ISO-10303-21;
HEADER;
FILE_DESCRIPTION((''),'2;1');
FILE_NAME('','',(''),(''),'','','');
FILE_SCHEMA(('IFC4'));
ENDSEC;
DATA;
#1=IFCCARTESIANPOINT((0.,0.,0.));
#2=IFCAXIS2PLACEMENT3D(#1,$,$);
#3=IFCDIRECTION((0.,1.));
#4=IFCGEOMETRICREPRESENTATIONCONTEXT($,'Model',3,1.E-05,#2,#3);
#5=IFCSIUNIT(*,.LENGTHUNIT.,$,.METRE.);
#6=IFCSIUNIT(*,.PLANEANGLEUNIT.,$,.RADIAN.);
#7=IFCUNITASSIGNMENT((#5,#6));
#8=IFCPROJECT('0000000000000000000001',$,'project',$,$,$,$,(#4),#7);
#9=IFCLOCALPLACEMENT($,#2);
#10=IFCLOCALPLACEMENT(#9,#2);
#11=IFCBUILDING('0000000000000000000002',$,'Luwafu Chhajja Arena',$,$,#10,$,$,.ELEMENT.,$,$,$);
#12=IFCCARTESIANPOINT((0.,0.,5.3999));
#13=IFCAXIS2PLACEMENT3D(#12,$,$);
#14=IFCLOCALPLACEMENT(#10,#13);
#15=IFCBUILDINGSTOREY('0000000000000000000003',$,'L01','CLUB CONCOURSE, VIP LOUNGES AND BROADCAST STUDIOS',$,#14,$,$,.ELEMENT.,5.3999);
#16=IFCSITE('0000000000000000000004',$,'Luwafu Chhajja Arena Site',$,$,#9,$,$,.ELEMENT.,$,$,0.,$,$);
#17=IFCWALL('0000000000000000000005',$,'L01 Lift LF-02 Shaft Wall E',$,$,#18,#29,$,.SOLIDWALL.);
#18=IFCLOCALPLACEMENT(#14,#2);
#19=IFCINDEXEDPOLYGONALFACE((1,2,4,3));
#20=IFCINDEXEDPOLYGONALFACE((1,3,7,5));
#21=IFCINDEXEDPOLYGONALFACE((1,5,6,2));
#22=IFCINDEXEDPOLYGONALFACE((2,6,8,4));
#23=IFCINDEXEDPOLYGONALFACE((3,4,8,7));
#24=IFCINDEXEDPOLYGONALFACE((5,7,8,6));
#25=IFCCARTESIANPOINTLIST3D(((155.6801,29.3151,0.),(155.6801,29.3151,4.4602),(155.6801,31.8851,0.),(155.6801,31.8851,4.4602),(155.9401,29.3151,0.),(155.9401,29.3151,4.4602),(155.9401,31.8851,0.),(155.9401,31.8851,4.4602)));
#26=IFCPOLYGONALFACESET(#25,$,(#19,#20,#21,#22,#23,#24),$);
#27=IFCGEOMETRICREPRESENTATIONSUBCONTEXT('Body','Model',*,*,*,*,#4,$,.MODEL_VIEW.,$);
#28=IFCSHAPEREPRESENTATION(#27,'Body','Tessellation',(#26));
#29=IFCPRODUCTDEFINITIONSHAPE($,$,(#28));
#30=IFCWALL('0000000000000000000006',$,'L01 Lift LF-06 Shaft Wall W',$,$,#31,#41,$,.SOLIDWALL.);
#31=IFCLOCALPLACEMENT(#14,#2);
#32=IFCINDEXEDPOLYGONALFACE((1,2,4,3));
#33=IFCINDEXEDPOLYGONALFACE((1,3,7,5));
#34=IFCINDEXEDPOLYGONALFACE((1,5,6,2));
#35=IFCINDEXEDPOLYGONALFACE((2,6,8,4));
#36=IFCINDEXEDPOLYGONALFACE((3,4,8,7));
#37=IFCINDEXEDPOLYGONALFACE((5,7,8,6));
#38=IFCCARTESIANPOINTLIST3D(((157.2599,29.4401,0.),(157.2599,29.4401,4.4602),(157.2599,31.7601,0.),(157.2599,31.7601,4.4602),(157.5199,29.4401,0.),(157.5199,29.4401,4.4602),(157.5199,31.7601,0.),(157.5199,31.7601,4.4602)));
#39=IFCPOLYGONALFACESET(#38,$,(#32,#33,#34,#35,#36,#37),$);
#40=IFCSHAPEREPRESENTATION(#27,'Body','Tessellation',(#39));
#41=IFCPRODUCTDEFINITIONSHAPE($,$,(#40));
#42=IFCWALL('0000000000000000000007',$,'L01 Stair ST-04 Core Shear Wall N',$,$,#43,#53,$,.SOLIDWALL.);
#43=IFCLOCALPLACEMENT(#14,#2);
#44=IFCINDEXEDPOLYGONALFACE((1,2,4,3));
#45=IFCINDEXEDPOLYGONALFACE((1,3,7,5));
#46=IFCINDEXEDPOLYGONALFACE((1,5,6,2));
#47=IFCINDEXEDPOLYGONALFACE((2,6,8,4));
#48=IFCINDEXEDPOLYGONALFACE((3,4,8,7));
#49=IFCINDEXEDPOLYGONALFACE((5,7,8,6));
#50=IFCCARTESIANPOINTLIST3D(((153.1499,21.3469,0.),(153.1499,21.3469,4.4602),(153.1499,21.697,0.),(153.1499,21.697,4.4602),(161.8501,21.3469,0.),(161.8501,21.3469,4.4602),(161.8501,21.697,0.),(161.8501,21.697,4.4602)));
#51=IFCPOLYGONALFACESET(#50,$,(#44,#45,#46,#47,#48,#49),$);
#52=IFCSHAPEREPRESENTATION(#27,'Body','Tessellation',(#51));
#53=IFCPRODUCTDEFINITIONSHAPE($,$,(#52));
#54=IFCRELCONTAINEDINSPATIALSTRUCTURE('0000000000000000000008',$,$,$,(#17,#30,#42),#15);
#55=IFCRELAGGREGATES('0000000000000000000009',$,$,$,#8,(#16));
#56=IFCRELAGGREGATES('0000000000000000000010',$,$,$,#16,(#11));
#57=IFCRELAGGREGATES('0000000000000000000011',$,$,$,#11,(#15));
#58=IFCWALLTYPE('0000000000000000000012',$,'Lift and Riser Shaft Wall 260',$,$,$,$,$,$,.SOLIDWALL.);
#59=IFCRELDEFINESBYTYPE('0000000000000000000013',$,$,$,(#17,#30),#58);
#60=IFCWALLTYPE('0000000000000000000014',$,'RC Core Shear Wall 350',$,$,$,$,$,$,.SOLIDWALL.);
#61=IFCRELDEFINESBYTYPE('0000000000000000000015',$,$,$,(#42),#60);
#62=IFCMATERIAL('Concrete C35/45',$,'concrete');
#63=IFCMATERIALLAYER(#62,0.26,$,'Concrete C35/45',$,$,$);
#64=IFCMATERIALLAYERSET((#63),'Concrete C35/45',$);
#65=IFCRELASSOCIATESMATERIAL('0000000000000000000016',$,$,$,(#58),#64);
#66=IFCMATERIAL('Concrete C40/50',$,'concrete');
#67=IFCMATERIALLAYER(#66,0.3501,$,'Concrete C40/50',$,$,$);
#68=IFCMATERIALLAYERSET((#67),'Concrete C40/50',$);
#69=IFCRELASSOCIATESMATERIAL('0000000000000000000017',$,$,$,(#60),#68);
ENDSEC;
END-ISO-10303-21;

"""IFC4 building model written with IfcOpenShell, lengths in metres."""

from ifc_helpers import new_model, si_unit, direction, frame, frame_2d, origin, place, context, subcontext, project, spatial, rectangle, extrude, material, layer, layer_set, type_object, element, save


model = new_model("IFC4")

# Units and contexts
model_context = context("Model", 3, precision=1e-05, world=origin(), true_north=direction((0.0, 1.0)))
body_context = subcontext(model_context, "Body", "Model", "MODEL_VIEW")
ifc_project = project(units=[si_unit("LENGTHUNIT", "METRE"), si_unit("PLANEANGLEUNIT", "RADIAN")], contexts=[model_context])

# Site, building, storey
site_placement = place(None, origin())
site = spatial("IfcSite", under=ifc_project, at=site_placement, Name="Luwafu Chhajja Arena Site", CompositionType="ELEMENT", RefElevation=0.0)
building_placement = place(site_placement, origin())
building = spatial("IfcBuilding", under=site, at=building_placement, Name="Luwafu Chhajja Arena", CompositionType="ELEMENT")
storey_placement = place(building_placement, frame((0.0, 0.0, 5.3999)))
storey = spatial("IfcBuildingStorey", under=building, at=storey_placement, Name="L01", Description="CLUB CONCOURSE, VIP LOUNGES AND BROADCAST STUDIOS", CompositionType="ELEMENT", Elevation=5.3999)

# Shared definitions
ifc_material_1 = material(Name="Concrete C35/45", Category="concrete")
ifc_material_2 = material(Name="Concrete C40/50", Category="concrete")

# Shared definitions
ifc_layer_1 = layer(ifc_material_1, 0.26, Name="Concrete C35/45")
ifc_layer_set_1 = layer_set([ifc_layer_1], Name="Concrete C35/45")
wall_type_1 = type_object("IfcWallType", Name="Lift and Riser Shaft Wall 260", PredefinedType="SOLIDWALL", material=ifc_layer_set_1)

# Wall
for number, where, z_axis, x_axis, name in (
    (1, (155.8101, 29.3149, 0.0), (0.0, 0.0, 1.0), (0.0, 1.0, 0.0), "L01 Lift LF-02 Shaft Wall E"),
):
    element("IfcWall", number, at=place(storey_placement, frame(where, z_axis=z_axis, x_axis=x_axis)), inside=storey, type_object=wall_type_1, Name=name, PredefinedType="SOLIDWALL", context=body_context, shape_type="SweptSolid", body=[
        extrude(rectangle(XDim=2.5701, YDim=0.26, at=frame_2d((1.2852, 0.0))), origin(), (0.0, 0.0, 1.0), 4.4602),
    ])

# Walls
wall_1_placement = place(storey_placement, frame((157.3899, 29.4399, 0.0), z_axis=(0.0, 0.0, 1.0), x_axis=(0.0, 1.0, 0.0)))
element("IfcWall", 2, at=wall_1_placement, inside=storey, type_object=wall_type_1, Name="L01 Lift LF-06 Shaft Wall W", PredefinedType="SOLIDWALL", context=body_context, shape_type="SweptSolid", body=[
    extrude(rectangle(XDim=2.3201, YDim=0.26, at=frame_2d((1.1602, 0.0))), origin(), (0.0, 0.0, 1.0), 4.4602),
])
ifc_layer_2 = layer(ifc_material_2, 0.3501, Name="Concrete C40/50")
ifc_layer_set_2 = layer_set([ifc_layer_2], Name="Concrete C40/50")
wall_type_2 = type_object("IfcWallType", Name="RC Core Shear Wall 350", PredefinedType="SOLIDWALL", material=ifc_layer_set_2)
wall_2_placement = place(storey_placement, frame((153.1499, 21.522, 0.0), z_axis=(0.0, 0.0, 1.0), x_axis=(1.0, 0.0, 0.0)))
element("IfcWall", 3, at=wall_2_placement, inside=storey, type_object=wall_type_2, Name="L01 Stair ST-04 Core Shear Wall N", PredefinedType="SOLIDWALL", context=body_context, shape_type="SweptSolid", body=[
    extrude(rectangle(XDim=8.7002, YDim=0.3501, at=frame_2d((4.3501, 0.0))), origin(), (0.0, 0.0, 1.0), 4.4602),
])

save(model, "model.ifc")
